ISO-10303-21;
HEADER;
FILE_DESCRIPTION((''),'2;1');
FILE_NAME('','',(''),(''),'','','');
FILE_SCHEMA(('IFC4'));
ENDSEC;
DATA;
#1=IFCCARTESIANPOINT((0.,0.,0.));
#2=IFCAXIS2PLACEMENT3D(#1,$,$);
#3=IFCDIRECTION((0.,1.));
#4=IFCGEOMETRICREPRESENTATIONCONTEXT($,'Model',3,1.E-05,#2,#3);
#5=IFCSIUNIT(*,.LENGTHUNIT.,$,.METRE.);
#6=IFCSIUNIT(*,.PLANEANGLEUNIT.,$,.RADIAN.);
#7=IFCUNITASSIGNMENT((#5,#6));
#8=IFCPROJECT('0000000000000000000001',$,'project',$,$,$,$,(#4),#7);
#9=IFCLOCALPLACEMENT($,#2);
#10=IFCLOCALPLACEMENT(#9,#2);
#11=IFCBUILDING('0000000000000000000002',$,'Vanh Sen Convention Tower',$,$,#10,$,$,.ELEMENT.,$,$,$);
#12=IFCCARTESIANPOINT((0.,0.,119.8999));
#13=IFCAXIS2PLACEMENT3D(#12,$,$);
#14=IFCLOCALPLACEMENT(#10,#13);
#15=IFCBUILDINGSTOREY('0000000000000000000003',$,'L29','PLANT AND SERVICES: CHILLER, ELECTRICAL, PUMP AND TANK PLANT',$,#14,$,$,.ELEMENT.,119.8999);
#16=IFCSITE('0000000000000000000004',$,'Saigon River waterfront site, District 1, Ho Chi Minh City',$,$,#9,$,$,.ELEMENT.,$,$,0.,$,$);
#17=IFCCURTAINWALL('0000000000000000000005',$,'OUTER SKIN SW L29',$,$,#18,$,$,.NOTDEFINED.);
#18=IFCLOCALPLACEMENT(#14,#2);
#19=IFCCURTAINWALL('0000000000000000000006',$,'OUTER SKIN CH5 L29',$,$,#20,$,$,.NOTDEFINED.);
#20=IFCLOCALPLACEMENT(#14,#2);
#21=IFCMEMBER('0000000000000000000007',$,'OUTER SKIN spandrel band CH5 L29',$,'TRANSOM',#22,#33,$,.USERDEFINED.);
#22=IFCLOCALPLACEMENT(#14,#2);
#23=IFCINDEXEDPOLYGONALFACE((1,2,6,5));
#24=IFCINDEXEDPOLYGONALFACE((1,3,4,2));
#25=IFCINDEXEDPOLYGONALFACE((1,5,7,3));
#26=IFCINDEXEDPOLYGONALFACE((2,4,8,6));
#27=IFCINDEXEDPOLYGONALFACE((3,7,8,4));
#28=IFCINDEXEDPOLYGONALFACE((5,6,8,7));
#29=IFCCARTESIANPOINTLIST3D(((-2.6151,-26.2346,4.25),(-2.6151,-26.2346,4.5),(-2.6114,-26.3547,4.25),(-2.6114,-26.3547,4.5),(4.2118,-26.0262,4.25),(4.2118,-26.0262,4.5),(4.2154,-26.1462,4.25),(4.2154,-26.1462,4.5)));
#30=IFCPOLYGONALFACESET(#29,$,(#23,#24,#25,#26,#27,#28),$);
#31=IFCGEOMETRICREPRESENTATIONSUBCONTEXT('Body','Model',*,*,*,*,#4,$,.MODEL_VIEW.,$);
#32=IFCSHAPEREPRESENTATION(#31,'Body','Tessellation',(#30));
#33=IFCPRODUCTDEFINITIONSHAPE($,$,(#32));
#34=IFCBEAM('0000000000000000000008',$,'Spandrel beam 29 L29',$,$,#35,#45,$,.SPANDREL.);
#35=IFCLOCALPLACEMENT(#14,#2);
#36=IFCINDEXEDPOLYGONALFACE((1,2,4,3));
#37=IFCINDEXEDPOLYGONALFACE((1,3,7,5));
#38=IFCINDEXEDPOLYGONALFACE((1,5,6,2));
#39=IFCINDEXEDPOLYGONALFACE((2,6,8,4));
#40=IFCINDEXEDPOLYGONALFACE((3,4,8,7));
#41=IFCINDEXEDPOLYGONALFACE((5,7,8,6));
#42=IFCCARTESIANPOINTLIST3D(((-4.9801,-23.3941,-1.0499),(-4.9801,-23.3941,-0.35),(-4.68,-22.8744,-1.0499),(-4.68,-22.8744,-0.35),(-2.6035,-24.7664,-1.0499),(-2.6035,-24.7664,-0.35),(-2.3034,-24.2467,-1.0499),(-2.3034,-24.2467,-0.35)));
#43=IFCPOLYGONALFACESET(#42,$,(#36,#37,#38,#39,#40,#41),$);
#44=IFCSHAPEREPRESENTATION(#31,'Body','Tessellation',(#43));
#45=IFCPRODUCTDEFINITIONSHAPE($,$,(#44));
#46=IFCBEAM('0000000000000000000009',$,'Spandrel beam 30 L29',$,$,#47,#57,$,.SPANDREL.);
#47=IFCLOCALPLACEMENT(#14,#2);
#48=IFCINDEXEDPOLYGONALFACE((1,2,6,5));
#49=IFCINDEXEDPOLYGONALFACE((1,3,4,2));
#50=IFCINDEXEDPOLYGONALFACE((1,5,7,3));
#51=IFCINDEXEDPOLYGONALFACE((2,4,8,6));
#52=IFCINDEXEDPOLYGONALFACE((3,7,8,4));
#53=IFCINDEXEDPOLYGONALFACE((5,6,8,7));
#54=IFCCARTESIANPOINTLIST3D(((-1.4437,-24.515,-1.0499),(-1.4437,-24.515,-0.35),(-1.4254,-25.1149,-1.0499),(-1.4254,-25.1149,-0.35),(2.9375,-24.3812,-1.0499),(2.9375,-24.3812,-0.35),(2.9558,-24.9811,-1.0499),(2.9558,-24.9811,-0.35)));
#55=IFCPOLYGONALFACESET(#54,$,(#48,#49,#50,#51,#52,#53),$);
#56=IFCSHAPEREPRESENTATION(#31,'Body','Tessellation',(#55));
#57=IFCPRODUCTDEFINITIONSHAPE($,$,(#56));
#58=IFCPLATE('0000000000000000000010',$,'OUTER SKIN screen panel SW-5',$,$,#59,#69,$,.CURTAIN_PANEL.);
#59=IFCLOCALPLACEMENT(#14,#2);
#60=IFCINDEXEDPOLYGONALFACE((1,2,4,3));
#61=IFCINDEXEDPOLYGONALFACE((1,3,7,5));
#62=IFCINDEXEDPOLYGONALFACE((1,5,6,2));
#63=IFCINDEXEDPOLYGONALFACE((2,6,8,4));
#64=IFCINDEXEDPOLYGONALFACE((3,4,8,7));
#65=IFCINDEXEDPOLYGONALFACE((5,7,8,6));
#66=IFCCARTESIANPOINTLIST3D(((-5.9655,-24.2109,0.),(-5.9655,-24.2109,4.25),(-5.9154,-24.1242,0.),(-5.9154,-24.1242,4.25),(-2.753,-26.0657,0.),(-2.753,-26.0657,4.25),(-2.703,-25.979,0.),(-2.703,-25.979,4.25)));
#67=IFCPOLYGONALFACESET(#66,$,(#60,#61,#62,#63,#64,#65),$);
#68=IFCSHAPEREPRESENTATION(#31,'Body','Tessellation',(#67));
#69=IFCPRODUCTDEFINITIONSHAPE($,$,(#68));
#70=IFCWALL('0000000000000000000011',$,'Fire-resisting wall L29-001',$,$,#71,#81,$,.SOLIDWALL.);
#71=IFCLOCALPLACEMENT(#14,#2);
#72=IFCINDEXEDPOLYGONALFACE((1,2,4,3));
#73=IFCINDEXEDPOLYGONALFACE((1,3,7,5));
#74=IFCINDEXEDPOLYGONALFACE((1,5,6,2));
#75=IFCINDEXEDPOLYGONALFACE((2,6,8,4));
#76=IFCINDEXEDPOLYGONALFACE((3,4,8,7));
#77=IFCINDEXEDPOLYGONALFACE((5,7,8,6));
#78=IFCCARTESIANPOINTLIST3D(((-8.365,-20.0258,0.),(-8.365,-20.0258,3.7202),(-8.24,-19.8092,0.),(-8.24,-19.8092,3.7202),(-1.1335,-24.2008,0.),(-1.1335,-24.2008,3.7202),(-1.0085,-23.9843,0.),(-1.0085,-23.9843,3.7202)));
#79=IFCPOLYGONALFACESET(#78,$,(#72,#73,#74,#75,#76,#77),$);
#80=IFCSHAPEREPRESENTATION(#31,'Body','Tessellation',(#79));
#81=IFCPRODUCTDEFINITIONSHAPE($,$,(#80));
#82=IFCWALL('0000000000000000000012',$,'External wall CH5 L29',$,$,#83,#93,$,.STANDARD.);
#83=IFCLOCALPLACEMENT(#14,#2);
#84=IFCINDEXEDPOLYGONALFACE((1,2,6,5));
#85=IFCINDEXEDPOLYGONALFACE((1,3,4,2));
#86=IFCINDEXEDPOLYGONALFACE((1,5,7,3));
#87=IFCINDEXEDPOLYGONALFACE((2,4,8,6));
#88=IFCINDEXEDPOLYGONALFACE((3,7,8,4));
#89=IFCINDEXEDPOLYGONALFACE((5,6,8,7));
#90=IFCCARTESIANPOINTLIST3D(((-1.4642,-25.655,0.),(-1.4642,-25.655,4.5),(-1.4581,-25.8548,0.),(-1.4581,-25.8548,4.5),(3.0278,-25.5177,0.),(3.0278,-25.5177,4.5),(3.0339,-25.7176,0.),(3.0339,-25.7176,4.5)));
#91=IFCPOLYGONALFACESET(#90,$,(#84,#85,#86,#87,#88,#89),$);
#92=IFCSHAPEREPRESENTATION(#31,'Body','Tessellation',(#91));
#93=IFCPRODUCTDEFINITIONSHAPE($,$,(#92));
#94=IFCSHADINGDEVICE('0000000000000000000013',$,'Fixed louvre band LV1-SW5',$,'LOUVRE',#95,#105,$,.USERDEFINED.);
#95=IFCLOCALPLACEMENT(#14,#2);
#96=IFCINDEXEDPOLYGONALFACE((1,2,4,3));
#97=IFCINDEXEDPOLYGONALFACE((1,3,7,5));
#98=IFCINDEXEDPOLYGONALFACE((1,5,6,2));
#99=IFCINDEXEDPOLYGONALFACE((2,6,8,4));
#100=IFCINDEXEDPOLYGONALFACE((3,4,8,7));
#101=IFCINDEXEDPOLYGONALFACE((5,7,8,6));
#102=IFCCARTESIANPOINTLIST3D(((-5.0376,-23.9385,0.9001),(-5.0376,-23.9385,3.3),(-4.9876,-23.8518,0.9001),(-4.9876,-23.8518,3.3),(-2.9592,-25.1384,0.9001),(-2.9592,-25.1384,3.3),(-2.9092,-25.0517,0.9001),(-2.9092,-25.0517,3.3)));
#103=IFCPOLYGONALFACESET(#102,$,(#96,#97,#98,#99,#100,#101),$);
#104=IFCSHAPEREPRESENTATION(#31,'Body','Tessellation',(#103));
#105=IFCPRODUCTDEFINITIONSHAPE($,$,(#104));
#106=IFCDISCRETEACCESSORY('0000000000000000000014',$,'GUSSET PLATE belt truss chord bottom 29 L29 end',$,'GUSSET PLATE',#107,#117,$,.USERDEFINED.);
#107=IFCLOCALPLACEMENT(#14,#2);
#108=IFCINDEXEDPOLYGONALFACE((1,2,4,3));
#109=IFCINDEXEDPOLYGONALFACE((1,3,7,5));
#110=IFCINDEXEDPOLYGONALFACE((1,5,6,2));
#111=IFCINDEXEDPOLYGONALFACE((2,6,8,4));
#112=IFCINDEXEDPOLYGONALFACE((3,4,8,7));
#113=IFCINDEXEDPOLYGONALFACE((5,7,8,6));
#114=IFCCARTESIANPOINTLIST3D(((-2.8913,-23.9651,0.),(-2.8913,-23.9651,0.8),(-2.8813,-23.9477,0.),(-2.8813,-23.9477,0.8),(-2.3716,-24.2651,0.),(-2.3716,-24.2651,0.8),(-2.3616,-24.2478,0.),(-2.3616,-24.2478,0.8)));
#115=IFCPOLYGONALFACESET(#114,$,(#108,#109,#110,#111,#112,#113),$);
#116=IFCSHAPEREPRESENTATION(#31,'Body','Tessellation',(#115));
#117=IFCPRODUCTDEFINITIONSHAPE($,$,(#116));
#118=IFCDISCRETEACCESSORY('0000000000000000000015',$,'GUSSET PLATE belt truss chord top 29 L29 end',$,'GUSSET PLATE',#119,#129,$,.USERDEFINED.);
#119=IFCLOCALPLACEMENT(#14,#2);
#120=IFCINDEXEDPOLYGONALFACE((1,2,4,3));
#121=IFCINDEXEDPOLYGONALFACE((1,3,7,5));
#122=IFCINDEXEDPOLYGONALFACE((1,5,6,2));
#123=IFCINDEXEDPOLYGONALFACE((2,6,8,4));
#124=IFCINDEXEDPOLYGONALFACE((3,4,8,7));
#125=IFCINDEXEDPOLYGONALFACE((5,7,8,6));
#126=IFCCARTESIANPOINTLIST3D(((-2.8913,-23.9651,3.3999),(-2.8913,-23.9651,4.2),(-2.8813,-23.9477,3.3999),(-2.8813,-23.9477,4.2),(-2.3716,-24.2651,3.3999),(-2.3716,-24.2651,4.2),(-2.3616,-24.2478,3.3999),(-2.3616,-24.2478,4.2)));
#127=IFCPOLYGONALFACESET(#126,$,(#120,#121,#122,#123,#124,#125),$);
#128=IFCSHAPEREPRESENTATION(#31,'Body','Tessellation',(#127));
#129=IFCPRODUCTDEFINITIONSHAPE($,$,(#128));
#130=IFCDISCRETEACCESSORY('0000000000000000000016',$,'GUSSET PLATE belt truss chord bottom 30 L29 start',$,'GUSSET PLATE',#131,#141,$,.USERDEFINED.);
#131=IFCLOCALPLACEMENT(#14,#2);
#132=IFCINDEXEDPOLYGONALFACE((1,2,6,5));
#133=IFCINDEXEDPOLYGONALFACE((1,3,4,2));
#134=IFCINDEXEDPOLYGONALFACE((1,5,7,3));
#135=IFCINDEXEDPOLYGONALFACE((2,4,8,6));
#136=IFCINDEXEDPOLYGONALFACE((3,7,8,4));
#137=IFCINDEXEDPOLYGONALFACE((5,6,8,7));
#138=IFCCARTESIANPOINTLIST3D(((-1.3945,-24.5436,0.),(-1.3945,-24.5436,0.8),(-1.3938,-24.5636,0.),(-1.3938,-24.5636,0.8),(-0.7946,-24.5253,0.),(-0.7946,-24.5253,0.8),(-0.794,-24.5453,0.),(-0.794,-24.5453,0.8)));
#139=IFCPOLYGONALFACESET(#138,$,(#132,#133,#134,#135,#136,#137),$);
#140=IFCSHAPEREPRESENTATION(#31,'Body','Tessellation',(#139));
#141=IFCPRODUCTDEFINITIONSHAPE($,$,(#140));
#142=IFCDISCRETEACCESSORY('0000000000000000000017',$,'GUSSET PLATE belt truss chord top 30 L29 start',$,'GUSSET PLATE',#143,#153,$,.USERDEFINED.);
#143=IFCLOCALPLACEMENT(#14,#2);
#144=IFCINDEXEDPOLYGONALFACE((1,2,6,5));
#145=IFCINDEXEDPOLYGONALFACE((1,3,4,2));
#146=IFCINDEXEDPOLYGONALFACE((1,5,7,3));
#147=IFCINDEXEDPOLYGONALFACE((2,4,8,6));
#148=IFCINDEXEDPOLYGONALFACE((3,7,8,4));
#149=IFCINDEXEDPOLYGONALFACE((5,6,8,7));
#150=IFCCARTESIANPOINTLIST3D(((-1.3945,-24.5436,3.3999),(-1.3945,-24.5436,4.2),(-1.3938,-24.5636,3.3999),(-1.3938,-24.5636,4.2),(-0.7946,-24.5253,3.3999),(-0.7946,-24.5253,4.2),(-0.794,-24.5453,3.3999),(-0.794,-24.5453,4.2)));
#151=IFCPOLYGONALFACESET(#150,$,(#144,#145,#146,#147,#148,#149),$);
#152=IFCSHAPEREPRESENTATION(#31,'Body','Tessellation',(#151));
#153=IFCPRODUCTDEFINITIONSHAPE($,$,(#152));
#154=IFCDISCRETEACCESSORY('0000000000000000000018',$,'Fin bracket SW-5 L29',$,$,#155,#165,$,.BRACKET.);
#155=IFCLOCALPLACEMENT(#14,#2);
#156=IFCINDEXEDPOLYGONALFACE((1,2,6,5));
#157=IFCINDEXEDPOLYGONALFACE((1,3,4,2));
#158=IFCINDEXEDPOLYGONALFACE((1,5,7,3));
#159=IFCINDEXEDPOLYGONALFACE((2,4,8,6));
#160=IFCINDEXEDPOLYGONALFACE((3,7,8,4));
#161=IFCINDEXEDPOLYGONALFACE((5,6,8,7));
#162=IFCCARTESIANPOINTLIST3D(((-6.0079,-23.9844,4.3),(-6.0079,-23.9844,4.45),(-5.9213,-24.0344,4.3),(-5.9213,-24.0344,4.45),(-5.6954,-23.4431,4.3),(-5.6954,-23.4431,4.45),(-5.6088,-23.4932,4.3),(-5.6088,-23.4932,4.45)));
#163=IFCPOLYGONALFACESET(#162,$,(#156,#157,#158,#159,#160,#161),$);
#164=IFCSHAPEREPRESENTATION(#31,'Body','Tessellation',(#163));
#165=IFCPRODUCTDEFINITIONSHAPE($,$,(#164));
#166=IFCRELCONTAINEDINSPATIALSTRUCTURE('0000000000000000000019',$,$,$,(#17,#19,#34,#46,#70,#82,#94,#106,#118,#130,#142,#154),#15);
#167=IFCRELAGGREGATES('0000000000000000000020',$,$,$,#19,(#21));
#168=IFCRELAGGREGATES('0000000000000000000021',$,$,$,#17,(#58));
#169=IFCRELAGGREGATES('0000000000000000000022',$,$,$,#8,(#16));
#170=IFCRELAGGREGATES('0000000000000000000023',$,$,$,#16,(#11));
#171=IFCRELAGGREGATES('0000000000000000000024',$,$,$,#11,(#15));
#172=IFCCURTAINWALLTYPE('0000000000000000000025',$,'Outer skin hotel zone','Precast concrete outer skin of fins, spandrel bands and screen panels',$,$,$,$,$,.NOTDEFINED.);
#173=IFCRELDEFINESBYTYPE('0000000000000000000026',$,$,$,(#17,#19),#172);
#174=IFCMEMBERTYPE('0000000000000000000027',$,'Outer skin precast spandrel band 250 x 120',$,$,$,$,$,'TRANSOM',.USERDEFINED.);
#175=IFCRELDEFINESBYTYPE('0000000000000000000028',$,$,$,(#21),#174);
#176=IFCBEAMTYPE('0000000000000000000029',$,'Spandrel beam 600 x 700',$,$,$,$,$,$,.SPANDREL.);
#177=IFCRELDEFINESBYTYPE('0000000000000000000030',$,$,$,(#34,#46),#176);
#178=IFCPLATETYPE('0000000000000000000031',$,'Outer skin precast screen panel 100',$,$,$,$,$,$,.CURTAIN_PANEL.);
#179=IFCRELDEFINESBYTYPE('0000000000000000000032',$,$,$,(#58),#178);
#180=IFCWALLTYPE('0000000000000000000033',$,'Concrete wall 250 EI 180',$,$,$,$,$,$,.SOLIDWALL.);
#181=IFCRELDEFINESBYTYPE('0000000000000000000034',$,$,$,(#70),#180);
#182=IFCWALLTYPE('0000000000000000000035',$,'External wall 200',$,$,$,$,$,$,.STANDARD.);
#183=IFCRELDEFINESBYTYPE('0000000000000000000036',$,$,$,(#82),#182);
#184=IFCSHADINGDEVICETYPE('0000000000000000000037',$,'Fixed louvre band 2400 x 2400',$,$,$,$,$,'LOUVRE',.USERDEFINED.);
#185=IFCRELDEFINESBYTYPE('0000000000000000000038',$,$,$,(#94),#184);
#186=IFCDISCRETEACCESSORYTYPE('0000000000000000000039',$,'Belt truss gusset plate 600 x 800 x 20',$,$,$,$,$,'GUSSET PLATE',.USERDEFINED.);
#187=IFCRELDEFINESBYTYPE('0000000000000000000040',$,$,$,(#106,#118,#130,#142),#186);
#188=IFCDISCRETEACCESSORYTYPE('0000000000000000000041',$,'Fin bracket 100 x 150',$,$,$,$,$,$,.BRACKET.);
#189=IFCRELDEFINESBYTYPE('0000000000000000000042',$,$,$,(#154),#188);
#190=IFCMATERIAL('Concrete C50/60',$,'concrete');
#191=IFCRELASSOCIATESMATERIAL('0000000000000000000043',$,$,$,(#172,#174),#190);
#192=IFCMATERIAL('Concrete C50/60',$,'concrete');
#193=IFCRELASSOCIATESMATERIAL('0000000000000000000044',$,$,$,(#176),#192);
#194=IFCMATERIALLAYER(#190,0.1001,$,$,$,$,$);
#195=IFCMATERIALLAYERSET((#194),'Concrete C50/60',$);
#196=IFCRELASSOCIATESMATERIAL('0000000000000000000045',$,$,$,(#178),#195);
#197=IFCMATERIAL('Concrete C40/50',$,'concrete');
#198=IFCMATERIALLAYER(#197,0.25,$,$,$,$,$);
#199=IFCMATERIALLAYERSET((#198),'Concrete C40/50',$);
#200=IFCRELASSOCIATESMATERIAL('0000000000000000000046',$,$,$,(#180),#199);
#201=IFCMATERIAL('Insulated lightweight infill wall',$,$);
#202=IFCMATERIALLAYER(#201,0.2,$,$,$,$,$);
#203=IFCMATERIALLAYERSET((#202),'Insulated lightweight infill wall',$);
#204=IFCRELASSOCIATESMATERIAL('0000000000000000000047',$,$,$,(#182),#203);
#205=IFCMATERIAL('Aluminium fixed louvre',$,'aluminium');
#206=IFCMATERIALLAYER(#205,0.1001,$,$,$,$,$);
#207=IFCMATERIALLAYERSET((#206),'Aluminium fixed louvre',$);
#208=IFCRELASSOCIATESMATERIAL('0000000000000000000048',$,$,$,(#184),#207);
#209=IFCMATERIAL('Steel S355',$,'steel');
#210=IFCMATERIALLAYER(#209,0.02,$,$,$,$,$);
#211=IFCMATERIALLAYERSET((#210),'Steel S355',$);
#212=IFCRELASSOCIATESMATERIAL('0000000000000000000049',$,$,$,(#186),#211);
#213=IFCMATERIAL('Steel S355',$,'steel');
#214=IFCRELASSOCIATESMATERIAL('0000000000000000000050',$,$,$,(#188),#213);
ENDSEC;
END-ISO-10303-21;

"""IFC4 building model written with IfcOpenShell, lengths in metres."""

from ifc_helpers import new_model, si_unit, direction, frame, frame_2d, origin, origin_2d, place, context, subcontext, project, spatial, rectangle, extrude, material, layer, layer_set, material_profile, profile_set, type_object, element, aggregate, save


model = new_model("IFC4")

# Units and contexts
model_context = context("Model", 3, precision=1e-05, world=origin(), true_north=direction((0.0, 1.0)))
body_context = subcontext(model_context, "Body", "Model", "MODEL_VIEW")
ifc_project = project(units=[si_unit("LENGTHUNIT", "METRE"), si_unit("PLANEANGLEUNIT", "RADIAN")], contexts=[model_context])

# Site, building, storey
site_placement = place(None, origin())
site = spatial("IfcSite", under=ifc_project, at=site_placement, Name="Saigon River waterfront site, District 1, Ho Chi Minh City", CompositionType="ELEMENT", RefElevation=0.0)
building_placement = place(site_placement, origin())
building = spatial("IfcBuilding", under=site, at=building_placement, Name="Vanh Sen Convention Tower", CompositionType="ELEMENT")
storey_placement = place(building_placement, frame((0.0, 0.0, 119.8999)))
storey = spatial("IfcBuildingStorey", under=building, at=storey_placement, Name="L29", Description="PLANT AND SERVICES: CHILLER, ELECTRICAL, PUMP AND TANK PLANT", CompositionType="ELEMENT", Elevation=119.8999)

# Shared definitions
ifc_material_1 = material(Name="Steel S355", Category="steel")

# Curtain wall
ifc_material_2 = material(Name="Concrete C50/60", Category="concrete")
curtain_wall_type = type_object("IfcCurtainWallType", Name="Outer skin hotel zone", Description="Precast concrete outer skin of fins, spandrel bands and screen panels", PredefinedType="NOTDEFINED", material=ifc_material_2)
curtain_wall_1_placement = place(storey_placement, origin())
curtain_wall_1 = element("IfcCurtainWall", 1, at=curtain_wall_1_placement, inside=storey, type_object=curtain_wall_type, Name="OUTER SKIN SW L29", PredefinedType="NOTDEFINED")

# Curtain wall, member
curtain_wall_2_placement = place(storey_placement, origin())
curtain_wall_2 = element("IfcCurtainWall", 2, at=curtain_wall_2_placement, inside=storey, type_object=curtain_wall_type, Name="OUTER SKIN CH5 L29", PredefinedType="NOTDEFINED")
ifc_material_profile_1 = material_profile(ifc_material_2, rectangle(XDim=0.1201, YDim=0.25, at=origin_2d()), Name="Outer skin precast spandrel band 250 x 120")
ifc_profile_set_1 = profile_set([ifc_material_profile_1], Name="Concrete C50/60")
member_type_1 = type_object("IfcMemberType", Name="Outer skin precast spandrel band 250 x 120", ElementType="TRANSOM", PredefinedType="USERDEFINED", material=ifc_profile_set_1)
member_1_placement = place(storey_placement, frame((-2.6133, -26.2947, 4.375), z_axis=(0.999534, 0.030526, 0.0), x_axis=(-0.030526, 0.999534, 0.0)))
member_1 = element("IfcMember", 3, at=member_1_placement, type_object=member_type_1, Name="OUTER SKIN spandrel band CH5 L29", ObjectType="TRANSOM", PredefinedType="USERDEFINED", context=body_context, shape_type="SweptSolid", body=[
    extrude(rectangle(XDim=0.1201, YDim=0.25, at=origin_2d()), origin(), (0.0, 0.0, 1.0), 6.8301),
])
aggregate(curtain_wall_2, [member_1])

# Beams
ifc_material_3 = material(Name="Concrete C50/60", Category="concrete")
ifc_material_profile_2 = material_profile(ifc_material_3, rectangle(XDim=0.6001, YDim=0.7, at=origin_2d()), Name="RC 600X700")
ifc_profile_set_2 = profile_set([ifc_material_profile_2], Name="Concrete C50/60")
beam_type = type_object("IfcBeamType", Name="Spandrel beam 600 x 700", PredefinedType="SPANDREL", material=ifc_profile_set_2)
beam_1_placement = place(storey_placement, frame((-4.8301, -23.1343, -0.7), z_axis=(0.866006, -0.500033, 0.0), x_axis=(0.500033, 0.866006, 0.0)))
element("IfcBeam", 4, at=beam_1_placement, inside=storey, type_object=beam_type, Name="Spandrel beam 29 L29", PredefinedType="SPANDREL", context=body_context, shape_type="SweptSolid", body=[
    extrude(rectangle(XDim=0.6001, YDim=0.7, at=origin_2d()), origin(), (0.0, 0.0, 1.0), 2.7444),
])
beam_2_placement = place(storey_placement, frame((-1.4346, -24.8149, -0.7), z_axis=(0.999534, 0.030522, 0.0), x_axis=(-0.030522, 0.999534, 0.0)))
element("IfcBeam", 5, at=beam_2_placement, inside=storey, type_object=beam_type, Name="Spandrel beam 30 L29", PredefinedType="SPANDREL", context=body_context, shape_type="SweptSolid", body=[
    extrude(rectangle(XDim=0.6001, YDim=0.7, at=origin_2d()), origin(), (0.0, 0.0, 1.0), 4.3833),
])

# Plate
ifc_layer_1 = layer(ifc_material_2, 0.1001)
ifc_layer_set_1 = layer_set([ifc_layer_1], Name="Concrete C50/60")
plate_type = type_object("IfcPlateType", Name="Outer skin precast screen panel 100", PredefinedType="CURTAIN_PANEL", material=ifc_layer_set_1)
plate_placement = place(storey_placement, frame((-4.3342, -25.095, 0.0), z_axis=(0.0, 0.0, 1.0), x_axis=(0.866021, -0.500008, 0.0)))
plate = element("IfcPlate", 6, at=plate_placement, type_object=plate_type, Name="OUTER SKIN screen panel SW-5", PredefinedType="CURTAIN_PANEL", context=body_context, shape_type="SweptSolid", body=[
    extrude(rectangle(XDim=3.7095, YDim=0.1001, at=origin_2d()), origin(), (0.0, 0.0, 1.0), 4.25),
])
aggregate(curtain_wall_1, [plate])

# Walls
ifc_material_4 = material(Name="Concrete C40/50", Category="concrete")
ifc_layer_2 = layer(ifc_material_4, 0.25)
ifc_layer_set_2 = layer_set([ifc_layer_2], Name="Concrete C40/50")
wall_type_1 = type_object("IfcWallType", Name="Concrete wall 250 EI 180", PredefinedType="SOLIDWALL", material=ifc_layer_set_2)
wall_1_placement = place(storey_placement, frame((-1.071, -24.0925, 0.0), z_axis=(0.0, 0.0, 1.0), x_axis=(-0.866027, 0.499997, 0.0)))
element("IfcWall", 7, at=wall_1_placement, inside=storey, type_object=wall_type_1, Name="Fire-resisting wall L29-001", PredefinedType="SOLIDWALL", context=body_context, shape_type="SweptSolid", body=[
    extrude(rectangle(XDim=8.3501, YDim=0.25, at=frame_2d((4.175, 0.0))), origin(), (0.0, 0.0, 1.0), 3.7202),
])
ifc_material_5 = material(Name="Insulated lightweight infill wall")
ifc_layer_3 = layer(ifc_material_5, 0.2)
ifc_layer_set_3 = layer_set([ifc_layer_3], Name="Insulated lightweight infill wall")
wall_type_2 = type_object("IfcWallType", Name="External wall 200", PredefinedType="STANDARD", material=ifc_layer_set_3)
wall_2_placement = place(storey_placement, frame((-1.4612, -25.7549, 0.0), z_axis=(0.0, 0.0, 1.0), x_axis=(0.999534, 0.030531, 0.0)))
element("IfcWall", 8, at=wall_2_placement, inside=storey, type_object=wall_type_2, Name="External wall CH5 L29", PredefinedType="STANDARD", context=body_context, shape_type="SweptSolid", body=[
    extrude(rectangle(XDim=4.4941, YDim=0.2, at=frame_2d((2.2471, 0.0))), origin(), (0.0, 0.0, 1.0), 4.5),
])

# Shading device
ifc_material_6 = material(Name="Aluminium fixed louvre", Category="aluminium")
ifc_layer_4 = layer(ifc_material_6, 0.1001)
ifc_layer_set_4 = layer_set([ifc_layer_4], Name="Aluminium fixed louvre")
shading_device_type = type_object("IfcShadingDeviceType", Name="Fixed louvre band 2400 x 2400", ElementType="LOUVRE", PredefinedType="USERDEFINED", material=ifc_layer_set_4)
shading_device_placement = place(storey_placement, frame((-3.9734, -24.4951, 0.9001), z_axis=(0.0, 0.0, 1.0), x_axis=(0.866027, -0.499997, 0.0)))
element("IfcShadingDevice", 9, at=shading_device_placement, inside=storey, type_object=shading_device_type, Name="Fixed louvre band LV1-SW5", ObjectType="LOUVRE", PredefinedType="USERDEFINED", context=body_context, shape_type="SweptSolid", body=[
    extrude(rectangle(XDim=2.3999, YDim=0.1001, at=origin_2d()), origin(), (0.0, 0.0, 1.0), 2.3999),
])

# Discrete accessories
ifc_layer_5 = layer(ifc_material_1, 0.02)
ifc_layer_set_5 = layer_set([ifc_layer_5], Name="Steel S355")
discrete_accessory_type_1 = type_object("IfcDiscreteAccessoryType", Name="Belt truss gusset plate 600 x 800 x 20", ElementType="GUSSET PLATE", PredefinedType="USERDEFINED", material=ifc_layer_set_5)
for number, where, z_axis, x_axis, name in (
    (10, (-2.6265, -24.1064, 0.0), (0.0, 0.0, 1.0), (-0.866021, 0.500008, 0.0), "GUSSET PLATE belt truss chord bottom 29 L29 end"),
    (11, (-2.6265, -24.1064, 3.3999), (0.0, 0.0, 1.0), (-0.866021, 0.500008, 0.0), "GUSSET PLATE belt truss chord top 29 L29 end"),
    (12, (-1.0942, -24.5444, 0.0), (0.0, 0.0, 1.0), (0.999533, 0.030542, 0.0), "GUSSET PLATE belt truss chord bottom 30 L29 start"),
    (13, (-1.0942, -24.5444, 3.3999), (0.0, 0.0, 1.0), (0.999533, 0.030542, 0.0), "GUSSET PLATE belt truss chord top 30 L29 start"),
):
    element("IfcDiscreteAccessory", number, at=place(storey_placement, frame(where, z_axis=z_axis, x_axis=x_axis)), inside=storey, type_object=discrete_accessory_type_1, Name=name, ObjectType="GUSSET PLATE", PredefinedType="USERDEFINED", context=body_context, shape_type="SweptSolid", body=[
        extrude(rectangle(XDim=0.6001, YDim=0.02, at=origin_2d()), origin(), (0.0, 0.0, 1.0), 0.8),
    ])
ifc_material_7 = material(Name="Steel S355", Category="steel")
discrete_accessory_type_2 = type_object("IfcDiscreteAccessoryType", Name="Fin bracket 100 x 150", PredefinedType="BRACKET", material=ifc_material_7)
discrete_accessory_placement = place(storey_placement, frame((-5.8083, -23.7388, 4.3), z_axis=(0.0, 0.0, 1.0), x_axis=(-0.5, -0.866025, 0.0)))
element("IfcDiscreteAccessory", 14, at=discrete_accessory_placement, inside=storey, type_object=discrete_accessory_type_2, Name="Fin bracket SW-5 L29", PredefinedType="BRACKET", context=body_context, shape_type="SweptSolid", body=[
    extrude(rectangle(XDim=0.625, YDim=0.1001, at=origin_2d()), origin(), (0.0, 0.0, 1.0), 0.1499),
])

save(model, "model.ifc")
